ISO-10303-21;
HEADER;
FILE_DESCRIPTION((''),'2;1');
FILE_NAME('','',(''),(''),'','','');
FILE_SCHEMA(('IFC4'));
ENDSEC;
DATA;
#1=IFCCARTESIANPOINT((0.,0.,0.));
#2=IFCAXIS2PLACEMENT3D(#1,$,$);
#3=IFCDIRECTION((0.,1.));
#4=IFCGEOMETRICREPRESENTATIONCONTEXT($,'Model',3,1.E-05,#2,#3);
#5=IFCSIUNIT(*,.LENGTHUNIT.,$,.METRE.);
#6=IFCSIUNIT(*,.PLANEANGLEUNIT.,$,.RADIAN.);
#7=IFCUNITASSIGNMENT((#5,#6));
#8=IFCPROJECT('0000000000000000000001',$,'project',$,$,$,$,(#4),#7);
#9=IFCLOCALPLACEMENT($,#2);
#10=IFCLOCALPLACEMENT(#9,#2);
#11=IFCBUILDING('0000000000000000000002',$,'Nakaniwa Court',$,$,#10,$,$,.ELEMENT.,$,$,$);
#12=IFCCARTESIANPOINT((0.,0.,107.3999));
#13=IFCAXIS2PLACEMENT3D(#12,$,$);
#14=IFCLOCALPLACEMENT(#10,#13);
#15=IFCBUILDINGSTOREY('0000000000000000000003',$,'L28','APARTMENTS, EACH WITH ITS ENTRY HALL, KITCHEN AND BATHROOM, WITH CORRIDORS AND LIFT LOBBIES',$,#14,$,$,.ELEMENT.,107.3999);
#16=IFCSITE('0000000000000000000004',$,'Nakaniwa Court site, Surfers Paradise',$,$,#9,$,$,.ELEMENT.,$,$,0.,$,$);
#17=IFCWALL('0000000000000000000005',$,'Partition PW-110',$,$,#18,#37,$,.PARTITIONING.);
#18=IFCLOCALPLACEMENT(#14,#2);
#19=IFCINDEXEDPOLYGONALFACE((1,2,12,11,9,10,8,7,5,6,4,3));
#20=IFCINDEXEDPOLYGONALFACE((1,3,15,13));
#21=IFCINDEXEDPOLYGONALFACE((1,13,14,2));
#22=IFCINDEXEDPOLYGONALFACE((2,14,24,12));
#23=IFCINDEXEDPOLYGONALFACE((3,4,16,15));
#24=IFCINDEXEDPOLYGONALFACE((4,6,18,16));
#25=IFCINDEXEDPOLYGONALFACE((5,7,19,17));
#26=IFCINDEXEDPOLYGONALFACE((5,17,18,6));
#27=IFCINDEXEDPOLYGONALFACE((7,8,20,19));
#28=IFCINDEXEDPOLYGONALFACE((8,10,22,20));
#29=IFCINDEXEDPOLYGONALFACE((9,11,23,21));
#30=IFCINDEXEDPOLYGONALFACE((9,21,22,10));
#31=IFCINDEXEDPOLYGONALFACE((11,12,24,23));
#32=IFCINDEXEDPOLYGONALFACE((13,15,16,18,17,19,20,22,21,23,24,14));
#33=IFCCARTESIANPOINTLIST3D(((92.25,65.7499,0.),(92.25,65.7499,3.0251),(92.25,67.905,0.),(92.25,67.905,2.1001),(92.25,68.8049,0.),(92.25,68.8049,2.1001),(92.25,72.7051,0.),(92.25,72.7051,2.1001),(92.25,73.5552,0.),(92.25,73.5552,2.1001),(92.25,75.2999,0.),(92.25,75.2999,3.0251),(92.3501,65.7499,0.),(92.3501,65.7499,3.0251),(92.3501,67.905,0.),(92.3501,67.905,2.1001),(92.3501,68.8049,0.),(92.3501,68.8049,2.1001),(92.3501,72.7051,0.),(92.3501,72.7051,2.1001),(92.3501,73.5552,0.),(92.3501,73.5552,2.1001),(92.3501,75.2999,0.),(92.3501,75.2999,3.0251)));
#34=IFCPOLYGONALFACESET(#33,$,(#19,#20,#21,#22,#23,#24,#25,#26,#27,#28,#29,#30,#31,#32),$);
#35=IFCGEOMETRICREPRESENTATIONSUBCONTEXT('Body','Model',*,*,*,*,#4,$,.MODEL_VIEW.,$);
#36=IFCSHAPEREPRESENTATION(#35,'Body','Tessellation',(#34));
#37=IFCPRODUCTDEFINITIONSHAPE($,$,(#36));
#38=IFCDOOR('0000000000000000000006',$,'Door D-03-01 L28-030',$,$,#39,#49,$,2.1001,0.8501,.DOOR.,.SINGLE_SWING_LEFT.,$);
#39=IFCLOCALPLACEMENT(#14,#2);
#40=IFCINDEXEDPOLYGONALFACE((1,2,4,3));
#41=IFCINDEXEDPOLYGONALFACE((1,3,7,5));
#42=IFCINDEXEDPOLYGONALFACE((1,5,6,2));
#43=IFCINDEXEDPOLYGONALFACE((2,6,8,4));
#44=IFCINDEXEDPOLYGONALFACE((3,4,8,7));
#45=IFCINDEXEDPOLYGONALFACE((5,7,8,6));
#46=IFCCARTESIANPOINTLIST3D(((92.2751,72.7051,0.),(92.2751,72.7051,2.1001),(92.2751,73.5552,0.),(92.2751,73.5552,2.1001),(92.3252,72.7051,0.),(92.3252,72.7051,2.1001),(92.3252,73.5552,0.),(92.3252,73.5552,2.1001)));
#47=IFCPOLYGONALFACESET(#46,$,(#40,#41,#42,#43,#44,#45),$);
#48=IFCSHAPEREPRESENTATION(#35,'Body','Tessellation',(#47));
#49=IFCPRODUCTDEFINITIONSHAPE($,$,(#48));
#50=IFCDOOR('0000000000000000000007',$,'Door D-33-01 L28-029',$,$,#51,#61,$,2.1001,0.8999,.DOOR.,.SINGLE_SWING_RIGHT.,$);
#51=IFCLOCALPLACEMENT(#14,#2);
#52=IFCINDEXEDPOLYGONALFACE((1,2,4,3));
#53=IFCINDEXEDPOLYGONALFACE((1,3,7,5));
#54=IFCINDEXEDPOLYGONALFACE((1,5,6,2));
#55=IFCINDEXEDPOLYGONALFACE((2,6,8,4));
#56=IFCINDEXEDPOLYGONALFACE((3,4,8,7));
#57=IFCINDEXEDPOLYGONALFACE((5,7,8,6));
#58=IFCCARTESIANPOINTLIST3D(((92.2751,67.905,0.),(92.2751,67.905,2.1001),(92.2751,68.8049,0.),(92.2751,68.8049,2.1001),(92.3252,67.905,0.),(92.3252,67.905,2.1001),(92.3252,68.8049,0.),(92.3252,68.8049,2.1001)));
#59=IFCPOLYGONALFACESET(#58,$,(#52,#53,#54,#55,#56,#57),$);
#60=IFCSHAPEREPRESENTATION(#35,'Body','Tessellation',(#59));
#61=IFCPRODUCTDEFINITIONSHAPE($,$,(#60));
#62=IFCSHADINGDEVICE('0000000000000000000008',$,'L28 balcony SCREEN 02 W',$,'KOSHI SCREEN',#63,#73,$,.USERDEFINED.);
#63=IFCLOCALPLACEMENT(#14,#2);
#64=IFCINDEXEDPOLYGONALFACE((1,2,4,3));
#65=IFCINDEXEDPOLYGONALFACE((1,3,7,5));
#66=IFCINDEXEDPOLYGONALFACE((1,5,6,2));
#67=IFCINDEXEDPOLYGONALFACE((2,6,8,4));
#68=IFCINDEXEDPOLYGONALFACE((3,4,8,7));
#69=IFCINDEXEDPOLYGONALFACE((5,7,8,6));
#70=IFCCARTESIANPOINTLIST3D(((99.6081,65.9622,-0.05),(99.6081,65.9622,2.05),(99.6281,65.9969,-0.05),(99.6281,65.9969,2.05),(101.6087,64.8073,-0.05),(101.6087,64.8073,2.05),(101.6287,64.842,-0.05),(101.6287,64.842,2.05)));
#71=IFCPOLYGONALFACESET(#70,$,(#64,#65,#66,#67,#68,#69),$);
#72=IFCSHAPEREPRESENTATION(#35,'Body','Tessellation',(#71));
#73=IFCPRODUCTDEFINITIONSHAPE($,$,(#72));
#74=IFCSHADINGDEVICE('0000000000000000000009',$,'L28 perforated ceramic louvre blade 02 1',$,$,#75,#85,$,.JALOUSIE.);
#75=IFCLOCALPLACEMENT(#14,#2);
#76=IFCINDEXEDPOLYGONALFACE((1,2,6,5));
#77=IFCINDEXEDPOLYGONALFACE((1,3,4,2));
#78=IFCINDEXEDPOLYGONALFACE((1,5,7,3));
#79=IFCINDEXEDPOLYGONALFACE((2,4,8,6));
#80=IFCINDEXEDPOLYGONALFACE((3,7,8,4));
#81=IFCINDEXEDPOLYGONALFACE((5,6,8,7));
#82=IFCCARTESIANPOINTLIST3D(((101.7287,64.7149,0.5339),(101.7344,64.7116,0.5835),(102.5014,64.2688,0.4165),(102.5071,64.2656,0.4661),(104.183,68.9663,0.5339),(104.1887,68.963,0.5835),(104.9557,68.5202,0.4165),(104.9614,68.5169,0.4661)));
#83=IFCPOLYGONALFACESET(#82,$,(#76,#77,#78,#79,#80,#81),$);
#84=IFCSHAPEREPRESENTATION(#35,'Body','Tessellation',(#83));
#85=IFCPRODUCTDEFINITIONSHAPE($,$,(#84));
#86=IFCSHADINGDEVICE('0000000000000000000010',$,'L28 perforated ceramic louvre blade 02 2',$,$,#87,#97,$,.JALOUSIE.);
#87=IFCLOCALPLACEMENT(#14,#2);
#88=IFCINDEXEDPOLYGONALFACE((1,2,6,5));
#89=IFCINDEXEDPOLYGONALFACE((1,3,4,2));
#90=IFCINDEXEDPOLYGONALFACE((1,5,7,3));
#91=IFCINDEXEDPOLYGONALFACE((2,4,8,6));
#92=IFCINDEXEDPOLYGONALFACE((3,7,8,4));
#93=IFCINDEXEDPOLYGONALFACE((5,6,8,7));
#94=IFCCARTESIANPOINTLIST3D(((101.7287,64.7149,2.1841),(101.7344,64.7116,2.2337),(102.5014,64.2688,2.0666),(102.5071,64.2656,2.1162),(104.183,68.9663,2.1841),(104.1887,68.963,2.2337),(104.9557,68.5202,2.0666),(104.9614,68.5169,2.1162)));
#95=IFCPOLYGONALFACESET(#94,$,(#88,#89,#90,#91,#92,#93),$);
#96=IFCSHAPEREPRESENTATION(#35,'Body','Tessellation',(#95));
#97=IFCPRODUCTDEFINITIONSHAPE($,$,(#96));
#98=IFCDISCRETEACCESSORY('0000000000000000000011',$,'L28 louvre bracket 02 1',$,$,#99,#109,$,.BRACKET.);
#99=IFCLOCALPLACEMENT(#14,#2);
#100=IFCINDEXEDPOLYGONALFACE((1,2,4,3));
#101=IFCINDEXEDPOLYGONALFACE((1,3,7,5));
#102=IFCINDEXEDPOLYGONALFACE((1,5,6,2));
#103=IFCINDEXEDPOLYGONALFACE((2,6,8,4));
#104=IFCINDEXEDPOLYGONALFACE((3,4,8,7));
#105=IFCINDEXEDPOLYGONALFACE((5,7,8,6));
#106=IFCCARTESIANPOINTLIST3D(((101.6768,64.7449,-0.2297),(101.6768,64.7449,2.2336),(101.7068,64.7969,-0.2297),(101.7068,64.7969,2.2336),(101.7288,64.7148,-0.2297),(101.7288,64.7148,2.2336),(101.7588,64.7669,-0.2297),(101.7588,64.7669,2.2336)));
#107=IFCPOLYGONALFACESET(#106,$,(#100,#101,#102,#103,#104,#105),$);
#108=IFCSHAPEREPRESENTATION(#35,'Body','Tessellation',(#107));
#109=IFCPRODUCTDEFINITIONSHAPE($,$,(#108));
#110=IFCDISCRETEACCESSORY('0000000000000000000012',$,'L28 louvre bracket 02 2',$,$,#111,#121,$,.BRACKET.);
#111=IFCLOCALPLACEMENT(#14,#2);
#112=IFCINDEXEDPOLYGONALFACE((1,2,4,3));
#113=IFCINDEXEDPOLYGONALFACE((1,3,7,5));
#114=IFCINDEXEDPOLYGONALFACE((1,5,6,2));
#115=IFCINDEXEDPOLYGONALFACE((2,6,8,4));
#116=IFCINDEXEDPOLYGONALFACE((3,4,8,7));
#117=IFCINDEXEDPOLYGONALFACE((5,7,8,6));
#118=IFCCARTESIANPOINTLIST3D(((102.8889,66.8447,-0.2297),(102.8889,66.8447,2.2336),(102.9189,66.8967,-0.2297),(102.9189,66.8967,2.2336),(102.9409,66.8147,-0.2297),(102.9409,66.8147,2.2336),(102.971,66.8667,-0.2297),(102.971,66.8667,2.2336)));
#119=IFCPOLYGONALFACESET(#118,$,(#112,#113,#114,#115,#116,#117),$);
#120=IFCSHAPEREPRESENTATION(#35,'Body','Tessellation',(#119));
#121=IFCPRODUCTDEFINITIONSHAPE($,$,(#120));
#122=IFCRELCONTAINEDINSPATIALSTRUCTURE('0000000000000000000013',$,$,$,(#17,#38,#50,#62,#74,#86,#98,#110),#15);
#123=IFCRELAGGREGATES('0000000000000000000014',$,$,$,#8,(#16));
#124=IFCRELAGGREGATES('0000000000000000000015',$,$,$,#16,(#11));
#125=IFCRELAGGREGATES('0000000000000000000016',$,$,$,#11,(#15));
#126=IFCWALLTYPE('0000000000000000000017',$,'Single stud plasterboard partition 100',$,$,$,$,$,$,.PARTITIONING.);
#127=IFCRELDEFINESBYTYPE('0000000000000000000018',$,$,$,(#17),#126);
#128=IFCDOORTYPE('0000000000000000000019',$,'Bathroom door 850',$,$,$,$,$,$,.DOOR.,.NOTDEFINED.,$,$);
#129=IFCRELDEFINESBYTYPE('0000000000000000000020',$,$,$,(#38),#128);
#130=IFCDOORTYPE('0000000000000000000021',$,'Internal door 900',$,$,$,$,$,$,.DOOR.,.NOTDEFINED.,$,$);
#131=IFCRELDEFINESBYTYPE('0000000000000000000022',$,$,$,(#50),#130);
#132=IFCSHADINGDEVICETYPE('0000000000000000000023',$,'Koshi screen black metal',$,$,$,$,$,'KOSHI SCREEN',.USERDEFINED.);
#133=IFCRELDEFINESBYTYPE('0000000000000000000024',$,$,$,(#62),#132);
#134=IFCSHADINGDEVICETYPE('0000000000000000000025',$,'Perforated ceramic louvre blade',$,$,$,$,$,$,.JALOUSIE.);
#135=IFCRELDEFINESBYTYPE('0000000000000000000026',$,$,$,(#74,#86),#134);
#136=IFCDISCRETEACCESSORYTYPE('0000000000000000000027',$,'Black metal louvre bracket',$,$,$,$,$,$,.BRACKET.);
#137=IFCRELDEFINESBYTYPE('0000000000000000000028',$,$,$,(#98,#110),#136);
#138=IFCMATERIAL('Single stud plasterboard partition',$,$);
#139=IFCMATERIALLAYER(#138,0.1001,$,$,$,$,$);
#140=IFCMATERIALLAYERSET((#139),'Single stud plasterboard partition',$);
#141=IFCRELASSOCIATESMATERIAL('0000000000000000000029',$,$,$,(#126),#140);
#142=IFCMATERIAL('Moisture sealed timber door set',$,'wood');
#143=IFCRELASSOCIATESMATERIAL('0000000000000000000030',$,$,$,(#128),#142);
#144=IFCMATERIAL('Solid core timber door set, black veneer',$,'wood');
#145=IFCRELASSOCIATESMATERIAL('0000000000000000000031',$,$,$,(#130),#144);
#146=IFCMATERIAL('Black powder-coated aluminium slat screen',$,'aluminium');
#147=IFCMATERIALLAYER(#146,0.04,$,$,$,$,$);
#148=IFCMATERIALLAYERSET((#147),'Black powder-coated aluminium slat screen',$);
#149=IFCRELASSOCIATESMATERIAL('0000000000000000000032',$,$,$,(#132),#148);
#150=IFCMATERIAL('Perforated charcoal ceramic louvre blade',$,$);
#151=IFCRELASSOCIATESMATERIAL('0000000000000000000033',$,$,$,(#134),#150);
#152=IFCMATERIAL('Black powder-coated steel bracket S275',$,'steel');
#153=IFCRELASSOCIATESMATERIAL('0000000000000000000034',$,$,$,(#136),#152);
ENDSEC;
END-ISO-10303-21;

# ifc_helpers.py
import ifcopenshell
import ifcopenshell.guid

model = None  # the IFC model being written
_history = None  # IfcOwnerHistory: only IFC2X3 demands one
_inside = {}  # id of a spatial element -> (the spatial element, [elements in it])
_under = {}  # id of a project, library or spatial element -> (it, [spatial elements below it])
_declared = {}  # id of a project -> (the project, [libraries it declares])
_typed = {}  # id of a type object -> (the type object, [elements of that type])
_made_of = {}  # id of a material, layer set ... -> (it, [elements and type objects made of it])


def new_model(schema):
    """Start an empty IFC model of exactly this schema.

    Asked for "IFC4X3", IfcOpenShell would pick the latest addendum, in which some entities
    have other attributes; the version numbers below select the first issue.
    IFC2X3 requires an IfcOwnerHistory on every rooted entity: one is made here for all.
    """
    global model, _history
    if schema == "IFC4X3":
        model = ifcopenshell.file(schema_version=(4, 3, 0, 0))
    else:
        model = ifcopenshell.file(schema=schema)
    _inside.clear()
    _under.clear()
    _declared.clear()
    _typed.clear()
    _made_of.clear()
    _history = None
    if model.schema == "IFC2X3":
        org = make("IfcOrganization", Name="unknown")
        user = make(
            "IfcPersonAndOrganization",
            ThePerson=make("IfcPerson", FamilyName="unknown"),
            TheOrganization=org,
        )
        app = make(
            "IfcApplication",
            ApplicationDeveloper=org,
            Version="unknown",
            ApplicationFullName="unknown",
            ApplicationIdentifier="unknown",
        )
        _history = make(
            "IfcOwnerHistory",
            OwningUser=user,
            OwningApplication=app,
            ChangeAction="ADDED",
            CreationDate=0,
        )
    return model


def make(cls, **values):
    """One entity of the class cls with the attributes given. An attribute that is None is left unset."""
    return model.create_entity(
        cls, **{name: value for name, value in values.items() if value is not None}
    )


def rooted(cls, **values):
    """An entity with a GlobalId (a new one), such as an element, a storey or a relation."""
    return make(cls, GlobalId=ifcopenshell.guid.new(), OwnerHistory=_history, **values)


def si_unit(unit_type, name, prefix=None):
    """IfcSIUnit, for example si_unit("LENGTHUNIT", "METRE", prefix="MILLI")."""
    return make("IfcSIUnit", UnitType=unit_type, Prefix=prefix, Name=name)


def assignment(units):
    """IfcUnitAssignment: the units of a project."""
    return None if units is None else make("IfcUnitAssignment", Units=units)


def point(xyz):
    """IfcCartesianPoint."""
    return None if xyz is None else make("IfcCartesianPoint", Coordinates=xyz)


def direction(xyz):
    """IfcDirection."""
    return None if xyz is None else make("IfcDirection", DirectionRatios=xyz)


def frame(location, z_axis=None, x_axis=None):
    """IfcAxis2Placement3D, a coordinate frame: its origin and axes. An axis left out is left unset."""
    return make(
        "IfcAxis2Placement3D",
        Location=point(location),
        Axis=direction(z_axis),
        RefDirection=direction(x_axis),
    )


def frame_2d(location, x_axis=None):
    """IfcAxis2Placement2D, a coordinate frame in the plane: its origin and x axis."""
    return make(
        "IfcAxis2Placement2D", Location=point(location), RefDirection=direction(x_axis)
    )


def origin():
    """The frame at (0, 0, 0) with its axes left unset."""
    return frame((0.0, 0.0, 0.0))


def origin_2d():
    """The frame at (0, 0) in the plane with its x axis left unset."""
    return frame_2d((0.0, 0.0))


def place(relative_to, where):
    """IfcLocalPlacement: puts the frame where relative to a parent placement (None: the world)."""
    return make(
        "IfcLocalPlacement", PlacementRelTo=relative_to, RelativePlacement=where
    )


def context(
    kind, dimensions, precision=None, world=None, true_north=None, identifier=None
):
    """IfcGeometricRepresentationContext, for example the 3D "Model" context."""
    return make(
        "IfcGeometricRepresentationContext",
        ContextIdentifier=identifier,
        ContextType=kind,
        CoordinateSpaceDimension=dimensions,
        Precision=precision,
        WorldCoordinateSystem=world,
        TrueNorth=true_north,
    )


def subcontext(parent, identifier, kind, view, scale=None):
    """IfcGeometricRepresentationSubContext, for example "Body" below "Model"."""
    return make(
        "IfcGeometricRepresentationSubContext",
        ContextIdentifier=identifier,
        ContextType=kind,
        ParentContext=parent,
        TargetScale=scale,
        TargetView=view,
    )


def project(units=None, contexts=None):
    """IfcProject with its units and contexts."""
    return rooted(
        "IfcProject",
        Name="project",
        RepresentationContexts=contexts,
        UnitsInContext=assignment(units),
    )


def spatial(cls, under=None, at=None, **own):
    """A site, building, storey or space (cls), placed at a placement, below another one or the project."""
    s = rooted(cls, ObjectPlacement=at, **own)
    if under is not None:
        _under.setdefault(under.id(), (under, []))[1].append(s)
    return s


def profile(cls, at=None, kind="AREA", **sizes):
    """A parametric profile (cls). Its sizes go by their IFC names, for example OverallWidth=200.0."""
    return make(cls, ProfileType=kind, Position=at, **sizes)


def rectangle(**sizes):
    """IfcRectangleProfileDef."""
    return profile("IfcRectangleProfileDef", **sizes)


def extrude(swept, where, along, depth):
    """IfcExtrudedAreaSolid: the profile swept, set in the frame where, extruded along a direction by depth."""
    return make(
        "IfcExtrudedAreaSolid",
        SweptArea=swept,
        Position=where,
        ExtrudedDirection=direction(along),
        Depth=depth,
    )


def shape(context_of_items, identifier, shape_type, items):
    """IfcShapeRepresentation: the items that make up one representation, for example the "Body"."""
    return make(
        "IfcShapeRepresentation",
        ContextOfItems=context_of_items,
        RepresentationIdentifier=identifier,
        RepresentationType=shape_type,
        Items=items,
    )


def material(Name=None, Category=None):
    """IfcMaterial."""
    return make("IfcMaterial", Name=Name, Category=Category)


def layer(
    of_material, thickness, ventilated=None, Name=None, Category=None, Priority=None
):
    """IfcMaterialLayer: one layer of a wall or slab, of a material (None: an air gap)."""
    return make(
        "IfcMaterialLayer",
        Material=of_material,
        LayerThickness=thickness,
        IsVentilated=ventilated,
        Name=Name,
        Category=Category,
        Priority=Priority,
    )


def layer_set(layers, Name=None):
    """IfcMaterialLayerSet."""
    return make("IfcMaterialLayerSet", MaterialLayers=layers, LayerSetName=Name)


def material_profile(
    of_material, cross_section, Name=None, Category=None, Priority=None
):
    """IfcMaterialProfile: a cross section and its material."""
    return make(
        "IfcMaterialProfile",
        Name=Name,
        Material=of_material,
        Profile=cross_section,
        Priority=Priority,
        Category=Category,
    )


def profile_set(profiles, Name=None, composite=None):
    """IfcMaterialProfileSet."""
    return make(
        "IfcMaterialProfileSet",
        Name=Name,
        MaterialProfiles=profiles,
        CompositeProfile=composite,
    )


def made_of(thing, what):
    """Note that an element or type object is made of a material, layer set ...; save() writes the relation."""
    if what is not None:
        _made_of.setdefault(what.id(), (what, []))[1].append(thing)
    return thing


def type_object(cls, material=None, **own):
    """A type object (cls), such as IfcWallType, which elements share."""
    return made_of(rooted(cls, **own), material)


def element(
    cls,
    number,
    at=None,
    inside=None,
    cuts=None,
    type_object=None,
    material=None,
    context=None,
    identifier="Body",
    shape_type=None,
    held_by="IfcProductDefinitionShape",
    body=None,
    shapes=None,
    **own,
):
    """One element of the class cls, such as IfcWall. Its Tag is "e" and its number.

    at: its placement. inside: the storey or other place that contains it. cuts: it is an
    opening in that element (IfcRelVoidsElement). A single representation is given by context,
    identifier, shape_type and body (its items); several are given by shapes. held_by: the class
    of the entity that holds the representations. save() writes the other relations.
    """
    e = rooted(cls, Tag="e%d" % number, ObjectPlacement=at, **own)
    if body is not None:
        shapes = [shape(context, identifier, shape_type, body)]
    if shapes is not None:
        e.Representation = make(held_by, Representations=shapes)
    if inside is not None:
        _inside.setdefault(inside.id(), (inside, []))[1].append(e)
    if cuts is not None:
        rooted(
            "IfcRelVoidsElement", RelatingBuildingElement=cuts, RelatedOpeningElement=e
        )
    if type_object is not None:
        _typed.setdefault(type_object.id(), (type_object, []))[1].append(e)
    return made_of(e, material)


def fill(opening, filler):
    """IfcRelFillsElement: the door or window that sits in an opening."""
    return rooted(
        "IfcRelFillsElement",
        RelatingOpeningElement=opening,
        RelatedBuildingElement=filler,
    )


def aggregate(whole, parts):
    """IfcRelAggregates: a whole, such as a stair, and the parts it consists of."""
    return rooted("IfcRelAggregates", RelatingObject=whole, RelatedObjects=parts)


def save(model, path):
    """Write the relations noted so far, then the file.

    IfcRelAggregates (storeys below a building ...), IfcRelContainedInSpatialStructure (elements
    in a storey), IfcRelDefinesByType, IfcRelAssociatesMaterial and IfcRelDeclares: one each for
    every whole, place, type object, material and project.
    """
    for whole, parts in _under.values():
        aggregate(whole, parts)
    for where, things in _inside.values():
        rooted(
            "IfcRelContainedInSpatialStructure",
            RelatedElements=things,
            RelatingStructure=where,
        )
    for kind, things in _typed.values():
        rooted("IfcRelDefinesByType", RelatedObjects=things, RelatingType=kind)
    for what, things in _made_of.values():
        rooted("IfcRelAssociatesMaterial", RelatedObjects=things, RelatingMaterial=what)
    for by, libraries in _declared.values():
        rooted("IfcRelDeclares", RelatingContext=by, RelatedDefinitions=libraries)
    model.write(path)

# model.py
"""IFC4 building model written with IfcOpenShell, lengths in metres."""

from ifc_helpers import new_model, si_unit, direction, frame, frame_2d, origin, origin_2d, place, context, subcontext, project, spatial, rectangle, extrude, material, layer, layer_set, material_profile, profile_set, type_object, element, fill, save


model = new_model("IFC4")

# Units and contexts
model_context = context("Model", 3, precision=1e-05, world=origin(), true_north=direction((0.0, 1.0)))
body_context = subcontext(model_context, "Body", "Model", "MODEL_VIEW")
ifc_project = project(units=[si_unit("LENGTHUNIT", "METRE"), si_unit("PLANEANGLEUNIT", "RADIAN")], contexts=[model_context])

# Site, building, storey
site_placement = place(None, origin())
site = spatial("IfcSite", under=ifc_project, at=site_placement, Name="Nakaniwa Court site, Surfers Paradise", CompositionType="ELEMENT", RefElevation=0.0)
building_placement = place(site_placement, origin())
building = spatial("IfcBuilding", under=site, at=building_placement, Name="Nakaniwa Court", CompositionType="ELEMENT")
storey_placement = place(building_placement, frame((0.0, 0.0, 107.3999)))
storey = spatial("IfcBuildingStorey", under=building, at=storey_placement, Name="L28", Description="APARTMENTS, EACH WITH ITS ENTRY HALL, KITCHEN AND BATHROOM, WITH CORRIDORS AND LIFT LOBBIES", CompositionType="ELEMENT", Elevation=107.3999)

# Wall, openings, doors
ifc_material_1 = material(Name="Single stud plasterboard partition")
ifc_layer_1 = layer(ifc_material_1, 0.1001)
ifc_layer_set_1 = layer_set([ifc_layer_1], Name="Single stud plasterboard partition")
wall_type_1 = type_object("IfcWallType", Name="Single stud plasterboard partition 100", PredefinedType="PARTITIONING", material=ifc_layer_set_1)
wall_1_placement = place(storey_placement, frame((92.3, 65.75, 0.0), z_axis=(0.0, 0.0, 1.0), x_axis=(0.0, 1.0, 0.0)))
wall_1 = element("IfcWall", 1, at=wall_1_placement, inside=storey, type_object=wall_type_1, Name="Partition PW-110", PredefinedType="PARTITIONING", context=body_context, shape_type="SweptSolid", body=[
    extrude(rectangle(XDim=9.55, YDim=0.1001, at=frame_2d((4.7749, 0.0))), origin(), (0.0, 0.0, 1.0), 3.0251),
])
opening_1_placement = place(wall_1_placement, frame((2.155, 0.0, 0.0)))
opening_1 = element("IfcOpeningElement", 2, at=opening_1_placement, cuts=wall_1, PredefinedType="OPENING", context=body_context, shape_type="SweptSolid", body=[
    extrude(rectangle(XDim=0.8999, YDim=2.1001, at=frame_2d((0.45, 1.05))), frame((0.0, 0.0601, 0.0), z_axis=(0.0, -1.0, 0.0), x_axis=(1.0, 0.0, 0.0)), (0.0, 0.0, 1.0), 0.1201),
])
opening_2_placement = place(wall_1_placement, frame((6.9551, 0.0, 0.0)))
opening_2 = element("IfcOpeningElement", 3, at=opening_2_placement, cuts=wall_1, PredefinedType="OPENING", context=body_context, shape_type="SweptSolid", body=[
    extrude(rectangle(XDim=0.8501, YDim=2.1001, at=frame_2d((0.425, 1.05))), frame((0.0, 0.0601, 0.0), z_axis=(0.0, -1.0, 0.0), x_axis=(1.0, 0.0, 0.0)), (0.0, 0.0, 1.0), 0.1201),
])
ifc_material_2 = material(Name="Moisture sealed timber door set", Category="wood")
door_type_1 = type_object("IfcDoorType", Name="Bathroom door 850", OperationType="NOTDEFINED", PredefinedType="DOOR", material=ifc_material_2)
door_1_placement = place(opening_2_placement, origin())
door_1 = element("IfcDoor", 4, at=door_1_placement, inside=storey, type_object=door_type_1, Name="Door D-03-01 L28-030", OperationType="SINGLE_SWING_LEFT", OverallHeight=2.1001, OverallWidth=0.8501, PredefinedType="DOOR", context=body_context, shape_type="SweptSolid", body=[
    extrude(rectangle(XDim=0.8501, YDim=2.1001, at=frame_2d((0.425, 1.05))), frame((0.0, 0.0249, 0.0), z_axis=(0.0, -1.0, 0.0), x_axis=(1.0, 0.0, 0.0)), (0.0, 0.0, 1.0), 0.05),
])
fill(opening_2, door_1)
ifc_material_3 = material(Name="Solid core timber door set, black veneer", Category="wood")
door_type_2 = type_object("IfcDoorType", Name="Internal door 900", OperationType="NOTDEFINED", PredefinedType="DOOR", material=ifc_material_3)
door_2_placement = place(opening_1_placement, origin())
door_2 = element("IfcDoor", 5, at=door_2_placement, inside=storey, type_object=door_type_2, Name="Door D-33-01 L28-029", OperationType="SINGLE_SWING_RIGHT", OverallHeight=2.1001, OverallWidth=0.8999, PredefinedType="DOOR", context=body_context, shape_type="SweptSolid", body=[
    extrude(rectangle(XDim=0.8999, YDim=2.1001, at=frame_2d((0.45, 1.05))), frame((0.0, 0.0249, 0.0), z_axis=(0.0, -1.0, 0.0), x_axis=(1.0, 0.0, 0.0)), (0.0, 0.0, 1.0), 0.05),
])
fill(opening_1, door_2)

# Shading devices
ifc_material_4 = material(Name="Black powder-coated aluminium slat screen", Category="aluminium")
ifc_layer_2 = layer(ifc_material_4, 0.04)
ifc_layer_set_2 = layer_set([ifc_layer_2], Name="Black powder-coated aluminium slat screen")
shading_device_type_1 = type_object("IfcShadingDeviceType", Name="Koshi screen black metal", ElementType="KOSHI SCREEN", PredefinedType="USERDEFINED", material=ifc_layer_set_2)
shading_device_placement = place(storey_placement, frame((100.6184, 65.4021, -0.05), z_axis=(0.0, 0.0, 1.0), x_axis=(0.499974, 0.86604, 0.0)))
element("IfcShadingDevice", 6, at=shading_device_placement, inside=storey, type_object=shading_device_type_1, Name="L28 balcony SCREEN 02 W", ObjectType="KOSHI SCREEN", PredefinedType="USERDEFINED", context=body_context, shape_type="SweptSolid", body=[
    extrude(rectangle(XDim=0.04, YDim=2.3101, at=origin_2d()), origin(), (0.0, 0.0, 1.0), 2.1001),
])
ifc_material_5 = material(Name="Perforated charcoal ceramic louvre blade")
ifc_material_profile_1 = material_profile(ifc_material_5, rectangle(XDim=0.8999, YDim=0.05, at=origin_2d()), Name="Perforated ceramic louvre blade")
ifc_profile_set_1 = profile_set([ifc_material_profile_1], Name="Perforated charcoal ceramic louvre blade")
shading_device_type_2 = type_object("IfcShadingDeviceType", Name="Perforated ceramic louvre blade", PredefinedType="JALOUSIE", material=ifc_profile_set_1)
for number, where, z_axis, x_axis, name in (
    (7, (102.1179, 64.4902, 0.5), (0.499964, 0.866046, 0.0), (-0.858637, 0.495686, 0.130526), "L28 perforated ceramic louvre blade 02 1"),
    (8, (102.1179, 64.4902, 2.1501), (0.499964, 0.866046, 0.0), (-0.858637, 0.495686, 0.130526), "L28 perforated ceramic louvre blade 02 2"),
):
    element("IfcShadingDevice", number, at=place(storey_placement, frame(where, z_axis=z_axis, x_axis=x_axis)), inside=storey, type_object=shading_device_type_2, Name=name, PredefinedType="JALOUSIE", context=body_context, shape_type="SweptSolid", body=[
        extrude(rectangle(XDim=0.8999, YDim=0.05, at=origin_2d()), origin(), (0.0, 0.0, 1.0), 4.9089),
    ])

# Discrete accessories
ifc_material_6 = material(Name="Black powder-coated steel bracket S275", Category="steel")
discrete_accessory_type = type_object("IfcDiscreteAccessoryType", Name="Black metal louvre bracket", PredefinedType="BRACKET", material=ifc_material_6)
for number, where, z_axis, x_axis, name in (
    (9, (101.7178, 64.7559, -0.2297), (0.0, 0.0, 1.0), (0.499974, 0.86604, 0.0), "L28 louvre bracket 02 1"),
    (10, (102.9299, 66.8557, -0.2297), (0.0, 0.0, 1.0), (0.499974, 0.86604, 0.0), "L28 louvre bracket 02 2"),
):
    element("IfcDiscreteAccessory", number, at=place(storey_placement, frame(where, z_axis=z_axis, x_axis=x_axis)), inside=storey, type_object=discrete_accessory_type, Name=name, PredefinedType="BRACKET", context=body_context, shape_type="SweptSolid", body=[
        extrude(rectangle(XDim=0.0601, YDim=0.0601, at=origin_2d()), origin(), (0.0, 0.0, 1.0), 2.4634),
    ])

save(model, "model.ifc")
